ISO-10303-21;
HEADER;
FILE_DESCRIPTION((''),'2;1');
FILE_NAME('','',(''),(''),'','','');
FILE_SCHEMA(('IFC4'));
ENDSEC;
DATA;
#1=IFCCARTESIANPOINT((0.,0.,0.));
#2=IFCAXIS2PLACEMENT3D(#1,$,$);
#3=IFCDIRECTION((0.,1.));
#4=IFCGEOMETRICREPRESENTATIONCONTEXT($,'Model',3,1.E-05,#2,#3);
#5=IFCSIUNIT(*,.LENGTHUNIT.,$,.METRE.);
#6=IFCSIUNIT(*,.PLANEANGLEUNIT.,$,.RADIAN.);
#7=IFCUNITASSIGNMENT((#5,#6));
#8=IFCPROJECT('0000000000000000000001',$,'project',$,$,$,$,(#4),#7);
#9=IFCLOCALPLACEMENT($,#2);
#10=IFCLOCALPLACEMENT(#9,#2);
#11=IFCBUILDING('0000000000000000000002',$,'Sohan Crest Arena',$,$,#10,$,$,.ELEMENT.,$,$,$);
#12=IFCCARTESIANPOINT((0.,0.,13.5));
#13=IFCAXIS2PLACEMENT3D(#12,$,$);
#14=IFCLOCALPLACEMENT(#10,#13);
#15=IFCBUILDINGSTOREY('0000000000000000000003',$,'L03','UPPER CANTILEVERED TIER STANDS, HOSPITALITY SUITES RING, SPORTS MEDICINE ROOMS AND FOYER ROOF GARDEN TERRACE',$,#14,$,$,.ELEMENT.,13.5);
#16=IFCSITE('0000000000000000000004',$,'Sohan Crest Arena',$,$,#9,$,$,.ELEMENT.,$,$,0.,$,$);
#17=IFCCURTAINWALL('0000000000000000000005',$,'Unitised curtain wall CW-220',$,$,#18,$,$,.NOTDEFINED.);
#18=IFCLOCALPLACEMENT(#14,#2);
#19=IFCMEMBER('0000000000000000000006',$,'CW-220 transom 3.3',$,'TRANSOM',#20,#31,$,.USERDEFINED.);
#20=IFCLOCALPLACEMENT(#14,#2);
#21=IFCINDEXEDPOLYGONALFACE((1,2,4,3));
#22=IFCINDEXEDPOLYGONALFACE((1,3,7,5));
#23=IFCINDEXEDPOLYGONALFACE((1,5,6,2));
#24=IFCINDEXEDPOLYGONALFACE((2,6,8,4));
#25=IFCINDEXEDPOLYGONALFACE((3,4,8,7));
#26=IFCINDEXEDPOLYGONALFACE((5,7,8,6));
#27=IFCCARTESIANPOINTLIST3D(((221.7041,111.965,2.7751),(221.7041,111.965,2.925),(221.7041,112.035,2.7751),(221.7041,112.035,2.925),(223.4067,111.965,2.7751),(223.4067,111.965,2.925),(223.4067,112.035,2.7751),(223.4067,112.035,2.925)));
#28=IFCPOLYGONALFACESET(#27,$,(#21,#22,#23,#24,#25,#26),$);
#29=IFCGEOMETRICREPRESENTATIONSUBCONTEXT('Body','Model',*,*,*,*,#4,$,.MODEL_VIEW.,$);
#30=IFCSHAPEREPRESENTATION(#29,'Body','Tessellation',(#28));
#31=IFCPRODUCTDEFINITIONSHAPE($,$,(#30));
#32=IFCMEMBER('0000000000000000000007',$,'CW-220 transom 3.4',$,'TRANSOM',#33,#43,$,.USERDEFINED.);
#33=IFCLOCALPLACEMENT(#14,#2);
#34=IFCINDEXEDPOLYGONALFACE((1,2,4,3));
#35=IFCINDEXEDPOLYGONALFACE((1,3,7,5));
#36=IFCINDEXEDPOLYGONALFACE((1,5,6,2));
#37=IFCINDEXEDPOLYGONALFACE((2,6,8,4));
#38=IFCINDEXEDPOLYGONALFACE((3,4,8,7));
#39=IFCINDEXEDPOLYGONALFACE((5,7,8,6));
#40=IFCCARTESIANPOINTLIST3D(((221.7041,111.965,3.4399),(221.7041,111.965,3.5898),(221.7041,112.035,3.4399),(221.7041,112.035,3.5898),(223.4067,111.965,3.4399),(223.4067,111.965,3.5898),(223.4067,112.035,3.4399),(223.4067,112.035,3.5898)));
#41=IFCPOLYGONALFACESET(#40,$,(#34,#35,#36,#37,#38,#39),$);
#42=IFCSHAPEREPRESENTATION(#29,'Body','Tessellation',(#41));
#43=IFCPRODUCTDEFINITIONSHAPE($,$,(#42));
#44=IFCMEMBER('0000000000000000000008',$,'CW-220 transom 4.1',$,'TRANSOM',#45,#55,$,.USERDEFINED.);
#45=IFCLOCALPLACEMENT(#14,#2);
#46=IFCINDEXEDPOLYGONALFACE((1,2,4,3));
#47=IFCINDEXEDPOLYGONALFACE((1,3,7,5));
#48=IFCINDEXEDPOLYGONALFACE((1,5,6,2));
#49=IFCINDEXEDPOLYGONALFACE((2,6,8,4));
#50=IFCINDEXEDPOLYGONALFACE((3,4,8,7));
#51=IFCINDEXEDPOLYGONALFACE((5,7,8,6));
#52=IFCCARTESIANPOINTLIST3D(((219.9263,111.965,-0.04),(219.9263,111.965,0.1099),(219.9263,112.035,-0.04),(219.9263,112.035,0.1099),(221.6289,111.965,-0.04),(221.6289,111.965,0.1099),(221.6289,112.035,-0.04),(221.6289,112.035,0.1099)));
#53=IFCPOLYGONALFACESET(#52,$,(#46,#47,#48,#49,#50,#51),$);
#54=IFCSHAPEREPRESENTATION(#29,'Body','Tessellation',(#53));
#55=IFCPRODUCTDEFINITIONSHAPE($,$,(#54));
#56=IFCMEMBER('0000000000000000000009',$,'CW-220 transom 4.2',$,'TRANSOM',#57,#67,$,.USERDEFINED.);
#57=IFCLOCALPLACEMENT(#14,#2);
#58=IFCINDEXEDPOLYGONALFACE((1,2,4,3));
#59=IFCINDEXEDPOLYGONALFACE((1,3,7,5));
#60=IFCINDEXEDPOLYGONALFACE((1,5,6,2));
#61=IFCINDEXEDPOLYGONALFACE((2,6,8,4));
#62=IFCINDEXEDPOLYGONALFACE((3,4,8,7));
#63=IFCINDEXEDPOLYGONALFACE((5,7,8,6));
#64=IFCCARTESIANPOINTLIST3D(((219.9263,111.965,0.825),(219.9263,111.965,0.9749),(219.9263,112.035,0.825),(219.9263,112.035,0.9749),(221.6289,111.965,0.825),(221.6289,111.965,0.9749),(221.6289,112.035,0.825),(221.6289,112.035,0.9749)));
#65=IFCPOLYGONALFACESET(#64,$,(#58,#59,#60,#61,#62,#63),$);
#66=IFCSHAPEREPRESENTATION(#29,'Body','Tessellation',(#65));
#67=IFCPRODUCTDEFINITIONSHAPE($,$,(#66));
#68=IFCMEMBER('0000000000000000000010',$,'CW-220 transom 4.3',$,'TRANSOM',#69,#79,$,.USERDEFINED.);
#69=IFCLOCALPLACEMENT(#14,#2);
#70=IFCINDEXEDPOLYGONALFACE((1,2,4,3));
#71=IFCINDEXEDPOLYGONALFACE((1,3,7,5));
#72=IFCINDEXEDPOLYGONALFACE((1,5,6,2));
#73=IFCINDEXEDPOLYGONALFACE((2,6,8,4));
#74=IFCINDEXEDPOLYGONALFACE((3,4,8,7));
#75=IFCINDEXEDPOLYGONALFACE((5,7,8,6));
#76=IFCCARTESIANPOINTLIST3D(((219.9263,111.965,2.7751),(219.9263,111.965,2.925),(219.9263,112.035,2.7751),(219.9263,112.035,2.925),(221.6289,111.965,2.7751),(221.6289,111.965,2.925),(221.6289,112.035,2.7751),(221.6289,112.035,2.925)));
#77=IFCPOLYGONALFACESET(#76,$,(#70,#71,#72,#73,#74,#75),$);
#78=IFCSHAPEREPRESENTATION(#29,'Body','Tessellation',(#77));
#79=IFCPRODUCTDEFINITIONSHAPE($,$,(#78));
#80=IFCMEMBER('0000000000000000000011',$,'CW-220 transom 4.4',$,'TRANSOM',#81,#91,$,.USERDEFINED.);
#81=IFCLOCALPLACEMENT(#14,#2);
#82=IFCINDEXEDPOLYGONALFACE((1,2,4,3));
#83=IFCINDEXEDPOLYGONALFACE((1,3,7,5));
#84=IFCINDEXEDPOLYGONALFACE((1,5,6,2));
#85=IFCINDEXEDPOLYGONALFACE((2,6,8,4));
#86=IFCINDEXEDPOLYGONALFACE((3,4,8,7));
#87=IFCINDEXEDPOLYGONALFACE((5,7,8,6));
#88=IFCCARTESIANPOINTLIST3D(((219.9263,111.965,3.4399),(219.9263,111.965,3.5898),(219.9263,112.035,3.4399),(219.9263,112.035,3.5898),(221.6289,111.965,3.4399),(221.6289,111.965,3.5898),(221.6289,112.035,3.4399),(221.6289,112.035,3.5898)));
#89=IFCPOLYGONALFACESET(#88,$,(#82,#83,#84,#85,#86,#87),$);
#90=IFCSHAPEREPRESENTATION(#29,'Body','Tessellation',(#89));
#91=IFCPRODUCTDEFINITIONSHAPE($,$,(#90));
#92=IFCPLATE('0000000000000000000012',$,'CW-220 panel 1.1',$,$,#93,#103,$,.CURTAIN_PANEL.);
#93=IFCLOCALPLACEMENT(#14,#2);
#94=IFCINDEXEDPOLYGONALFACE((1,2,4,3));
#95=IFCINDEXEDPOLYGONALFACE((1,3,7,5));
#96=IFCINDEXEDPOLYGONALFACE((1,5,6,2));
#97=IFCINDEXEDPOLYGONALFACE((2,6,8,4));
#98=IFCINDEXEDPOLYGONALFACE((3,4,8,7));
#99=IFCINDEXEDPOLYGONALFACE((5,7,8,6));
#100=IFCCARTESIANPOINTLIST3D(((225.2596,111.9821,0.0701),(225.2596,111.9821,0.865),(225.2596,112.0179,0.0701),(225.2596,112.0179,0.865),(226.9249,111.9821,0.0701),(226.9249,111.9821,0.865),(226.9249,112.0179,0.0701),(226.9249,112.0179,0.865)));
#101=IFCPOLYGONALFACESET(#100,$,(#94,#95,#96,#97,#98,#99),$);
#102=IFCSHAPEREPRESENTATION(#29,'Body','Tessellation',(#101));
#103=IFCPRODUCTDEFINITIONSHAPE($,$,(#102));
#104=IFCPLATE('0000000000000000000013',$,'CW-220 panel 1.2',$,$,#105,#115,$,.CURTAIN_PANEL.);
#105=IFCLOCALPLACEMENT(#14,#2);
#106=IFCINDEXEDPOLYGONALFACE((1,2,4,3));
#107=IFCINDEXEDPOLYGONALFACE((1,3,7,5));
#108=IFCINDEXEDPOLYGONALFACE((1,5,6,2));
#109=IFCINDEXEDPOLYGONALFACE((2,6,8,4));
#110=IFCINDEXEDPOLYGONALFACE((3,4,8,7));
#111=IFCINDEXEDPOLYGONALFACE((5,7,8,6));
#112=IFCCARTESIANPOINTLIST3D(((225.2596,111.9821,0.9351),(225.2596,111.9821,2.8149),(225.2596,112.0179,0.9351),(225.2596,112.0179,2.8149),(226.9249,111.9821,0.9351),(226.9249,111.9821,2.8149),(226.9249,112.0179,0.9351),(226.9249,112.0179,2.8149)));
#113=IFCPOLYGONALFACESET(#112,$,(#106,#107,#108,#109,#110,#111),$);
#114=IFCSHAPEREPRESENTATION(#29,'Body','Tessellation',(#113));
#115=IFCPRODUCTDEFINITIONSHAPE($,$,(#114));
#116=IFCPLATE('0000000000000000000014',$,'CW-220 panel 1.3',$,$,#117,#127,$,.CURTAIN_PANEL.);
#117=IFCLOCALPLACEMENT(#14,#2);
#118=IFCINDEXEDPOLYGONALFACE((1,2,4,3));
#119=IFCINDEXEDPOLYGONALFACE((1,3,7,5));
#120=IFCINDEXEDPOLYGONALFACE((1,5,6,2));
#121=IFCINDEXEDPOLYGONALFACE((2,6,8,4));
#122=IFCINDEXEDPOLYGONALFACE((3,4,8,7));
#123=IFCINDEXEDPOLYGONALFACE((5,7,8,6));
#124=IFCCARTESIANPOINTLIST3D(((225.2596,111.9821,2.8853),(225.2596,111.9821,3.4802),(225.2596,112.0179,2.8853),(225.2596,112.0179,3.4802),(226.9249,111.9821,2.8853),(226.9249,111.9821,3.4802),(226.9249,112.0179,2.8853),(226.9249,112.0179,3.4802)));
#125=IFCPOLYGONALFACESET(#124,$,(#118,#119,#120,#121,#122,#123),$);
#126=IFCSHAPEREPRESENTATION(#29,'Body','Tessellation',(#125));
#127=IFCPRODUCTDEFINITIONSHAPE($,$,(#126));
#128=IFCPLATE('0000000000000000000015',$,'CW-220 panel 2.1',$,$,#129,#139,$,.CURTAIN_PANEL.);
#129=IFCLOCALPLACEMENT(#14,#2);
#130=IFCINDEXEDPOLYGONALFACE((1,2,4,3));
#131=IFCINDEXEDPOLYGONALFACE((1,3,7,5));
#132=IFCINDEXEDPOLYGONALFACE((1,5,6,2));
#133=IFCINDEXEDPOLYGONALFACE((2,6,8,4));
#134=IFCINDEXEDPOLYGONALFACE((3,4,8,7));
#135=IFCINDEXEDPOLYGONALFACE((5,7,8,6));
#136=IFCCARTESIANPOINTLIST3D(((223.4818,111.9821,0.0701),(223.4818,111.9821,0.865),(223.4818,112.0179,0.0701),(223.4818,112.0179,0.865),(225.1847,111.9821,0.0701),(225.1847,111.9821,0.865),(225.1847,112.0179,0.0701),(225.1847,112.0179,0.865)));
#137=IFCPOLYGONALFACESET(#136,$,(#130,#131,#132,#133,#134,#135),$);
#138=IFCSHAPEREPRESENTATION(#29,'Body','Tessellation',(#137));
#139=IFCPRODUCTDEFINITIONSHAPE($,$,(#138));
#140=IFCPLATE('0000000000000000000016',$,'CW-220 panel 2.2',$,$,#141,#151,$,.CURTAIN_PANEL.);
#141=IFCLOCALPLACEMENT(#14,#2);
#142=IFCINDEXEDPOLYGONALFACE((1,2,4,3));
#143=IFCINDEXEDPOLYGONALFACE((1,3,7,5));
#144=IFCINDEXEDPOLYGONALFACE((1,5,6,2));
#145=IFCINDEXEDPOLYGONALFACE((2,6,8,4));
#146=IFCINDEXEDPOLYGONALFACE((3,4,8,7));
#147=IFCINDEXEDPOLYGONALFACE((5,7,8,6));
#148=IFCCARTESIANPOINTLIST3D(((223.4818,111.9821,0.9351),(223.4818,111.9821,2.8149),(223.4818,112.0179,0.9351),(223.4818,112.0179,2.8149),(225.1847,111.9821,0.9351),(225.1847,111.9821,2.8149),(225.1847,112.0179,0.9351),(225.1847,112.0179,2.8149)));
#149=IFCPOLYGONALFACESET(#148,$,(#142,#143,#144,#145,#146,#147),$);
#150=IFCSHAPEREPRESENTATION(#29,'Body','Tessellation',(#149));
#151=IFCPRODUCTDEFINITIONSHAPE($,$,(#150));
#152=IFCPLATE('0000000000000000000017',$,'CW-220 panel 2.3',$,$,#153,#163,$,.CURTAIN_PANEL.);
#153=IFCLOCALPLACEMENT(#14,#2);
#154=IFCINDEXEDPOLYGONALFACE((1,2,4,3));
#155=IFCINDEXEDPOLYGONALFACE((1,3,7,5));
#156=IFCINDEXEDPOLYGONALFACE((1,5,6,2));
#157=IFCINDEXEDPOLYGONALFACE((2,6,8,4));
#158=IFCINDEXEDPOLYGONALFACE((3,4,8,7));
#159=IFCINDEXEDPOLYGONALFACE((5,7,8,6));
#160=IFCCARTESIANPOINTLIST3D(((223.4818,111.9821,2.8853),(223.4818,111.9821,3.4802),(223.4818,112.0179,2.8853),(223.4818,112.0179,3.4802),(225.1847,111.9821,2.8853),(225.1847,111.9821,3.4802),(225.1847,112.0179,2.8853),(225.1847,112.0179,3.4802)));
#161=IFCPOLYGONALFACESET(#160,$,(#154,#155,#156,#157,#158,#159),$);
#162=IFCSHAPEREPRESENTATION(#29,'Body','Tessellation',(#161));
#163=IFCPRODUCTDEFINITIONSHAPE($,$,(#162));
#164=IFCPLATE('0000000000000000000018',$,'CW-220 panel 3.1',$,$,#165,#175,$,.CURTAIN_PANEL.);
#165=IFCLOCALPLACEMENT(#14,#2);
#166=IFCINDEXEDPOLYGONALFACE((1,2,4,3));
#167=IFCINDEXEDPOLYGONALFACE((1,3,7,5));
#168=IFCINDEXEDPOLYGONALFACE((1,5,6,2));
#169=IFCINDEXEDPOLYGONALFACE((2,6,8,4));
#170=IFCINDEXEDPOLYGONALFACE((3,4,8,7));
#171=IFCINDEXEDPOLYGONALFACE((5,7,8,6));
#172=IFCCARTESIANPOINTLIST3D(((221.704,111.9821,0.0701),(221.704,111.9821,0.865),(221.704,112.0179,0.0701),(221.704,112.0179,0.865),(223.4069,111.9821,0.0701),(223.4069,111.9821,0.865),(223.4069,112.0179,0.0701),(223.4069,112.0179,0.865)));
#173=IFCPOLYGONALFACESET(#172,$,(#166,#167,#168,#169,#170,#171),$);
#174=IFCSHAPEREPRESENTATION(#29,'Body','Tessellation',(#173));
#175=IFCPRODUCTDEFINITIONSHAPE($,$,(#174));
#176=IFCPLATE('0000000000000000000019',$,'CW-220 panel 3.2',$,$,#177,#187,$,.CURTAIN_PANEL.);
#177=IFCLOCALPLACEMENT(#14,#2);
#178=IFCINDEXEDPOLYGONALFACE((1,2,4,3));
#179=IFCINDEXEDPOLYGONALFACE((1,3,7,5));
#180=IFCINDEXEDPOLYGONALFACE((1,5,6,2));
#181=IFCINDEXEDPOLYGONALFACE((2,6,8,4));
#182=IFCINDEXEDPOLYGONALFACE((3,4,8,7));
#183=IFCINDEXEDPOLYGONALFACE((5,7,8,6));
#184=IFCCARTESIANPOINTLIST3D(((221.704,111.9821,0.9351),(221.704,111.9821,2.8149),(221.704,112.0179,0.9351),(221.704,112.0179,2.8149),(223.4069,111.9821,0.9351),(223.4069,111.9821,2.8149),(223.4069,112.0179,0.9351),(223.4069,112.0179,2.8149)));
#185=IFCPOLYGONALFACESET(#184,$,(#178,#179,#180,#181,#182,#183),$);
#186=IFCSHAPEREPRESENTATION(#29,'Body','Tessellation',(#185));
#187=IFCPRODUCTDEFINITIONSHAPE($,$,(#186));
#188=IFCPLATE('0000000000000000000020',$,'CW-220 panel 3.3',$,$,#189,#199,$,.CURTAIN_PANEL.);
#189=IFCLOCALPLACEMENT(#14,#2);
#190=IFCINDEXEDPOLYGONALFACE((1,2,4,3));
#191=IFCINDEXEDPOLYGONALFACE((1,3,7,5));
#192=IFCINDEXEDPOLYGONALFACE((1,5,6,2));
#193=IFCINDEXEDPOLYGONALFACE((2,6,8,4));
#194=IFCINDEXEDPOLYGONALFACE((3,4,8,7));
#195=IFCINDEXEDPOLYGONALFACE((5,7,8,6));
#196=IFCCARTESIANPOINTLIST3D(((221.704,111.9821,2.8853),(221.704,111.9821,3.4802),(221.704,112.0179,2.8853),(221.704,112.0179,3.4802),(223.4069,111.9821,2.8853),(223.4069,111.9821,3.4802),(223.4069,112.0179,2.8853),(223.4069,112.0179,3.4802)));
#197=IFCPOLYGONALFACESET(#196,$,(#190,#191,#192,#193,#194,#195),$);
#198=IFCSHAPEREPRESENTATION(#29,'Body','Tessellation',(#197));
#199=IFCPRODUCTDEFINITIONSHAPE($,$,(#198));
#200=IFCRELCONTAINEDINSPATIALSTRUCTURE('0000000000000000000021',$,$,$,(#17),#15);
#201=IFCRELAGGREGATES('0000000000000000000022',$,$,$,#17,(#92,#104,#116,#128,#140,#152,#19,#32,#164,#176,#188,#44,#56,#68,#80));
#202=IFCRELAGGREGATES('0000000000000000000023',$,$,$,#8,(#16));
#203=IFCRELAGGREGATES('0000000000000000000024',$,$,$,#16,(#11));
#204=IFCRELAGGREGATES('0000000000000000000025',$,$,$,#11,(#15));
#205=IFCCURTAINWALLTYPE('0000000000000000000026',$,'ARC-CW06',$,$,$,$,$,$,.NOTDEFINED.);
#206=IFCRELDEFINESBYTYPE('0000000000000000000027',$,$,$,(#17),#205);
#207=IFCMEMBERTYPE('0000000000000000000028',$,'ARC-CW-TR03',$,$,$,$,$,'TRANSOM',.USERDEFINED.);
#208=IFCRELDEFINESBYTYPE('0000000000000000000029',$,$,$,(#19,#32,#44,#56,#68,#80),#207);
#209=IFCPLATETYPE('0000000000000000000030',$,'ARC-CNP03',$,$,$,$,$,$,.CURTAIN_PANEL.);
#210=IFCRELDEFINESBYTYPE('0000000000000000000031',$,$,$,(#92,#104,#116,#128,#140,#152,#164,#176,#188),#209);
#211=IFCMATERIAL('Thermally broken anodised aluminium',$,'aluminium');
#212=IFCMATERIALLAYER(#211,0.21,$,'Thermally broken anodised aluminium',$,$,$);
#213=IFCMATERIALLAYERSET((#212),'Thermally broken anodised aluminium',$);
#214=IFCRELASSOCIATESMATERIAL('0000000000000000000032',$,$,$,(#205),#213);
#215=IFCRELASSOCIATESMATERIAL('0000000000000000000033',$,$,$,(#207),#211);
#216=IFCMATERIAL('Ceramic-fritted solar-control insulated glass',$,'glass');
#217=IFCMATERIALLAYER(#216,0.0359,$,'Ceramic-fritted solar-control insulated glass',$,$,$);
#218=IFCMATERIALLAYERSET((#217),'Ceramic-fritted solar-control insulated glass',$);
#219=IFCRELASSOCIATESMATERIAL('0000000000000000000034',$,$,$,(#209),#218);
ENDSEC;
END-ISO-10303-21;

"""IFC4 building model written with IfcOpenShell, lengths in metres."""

from ifc_helpers import new_model, si_unit, direction, frame, origin, origin_2d, place, context, subcontext, project, spatial, rectangle, extrude, material, layer, layer_set, material_profile, profile_set, type_object, element, aggregate, save


model = new_model("IFC4")

# Units and contexts
model_context = context("Model", 3, precision=1e-05, world=origin(), true_north=direction((0.0, 1.0)))
body_context = subcontext(model_context, "Body", "Model", "MODEL_VIEW")
ifc_project = project(units=[si_unit("LENGTHUNIT", "METRE"), si_unit("PLANEANGLEUNIT", "RADIAN")], contexts=[model_context])

# Site, building, storey
site_placement = place(None, origin())
site = spatial("IfcSite", under=ifc_project, at=site_placement, Name="Sohan Crest Arena", CompositionType="ELEMENT", RefElevation=0.0)
building_placement = place(site_placement, origin())
building = spatial("IfcBuilding", under=site, at=building_placement, Name="Sohan Crest Arena", CompositionType="ELEMENT")
storey_placement = place(building_placement, frame((0.0, 0.0, 13.5)))
storey = spatial("IfcBuildingStorey", under=building, at=storey_placement, Name="L03", Description="UPPER CANTILEVERED TIER STANDS, HOSPITALITY SUITES RING, SPORTS MEDICINE ROOMS AND FOYER ROOF GARDEN TERRACE", CompositionType="ELEMENT", Elevation=13.5)

# Curtain wall, members, plates
ifc_material_1 = material(Name="Thermally broken anodised aluminium", Category="aluminium")
ifc_layer_1 = layer(ifc_material_1, 0.21, Name="Thermally broken anodised aluminium")
ifc_layer_set_1 = layer_set([ifc_layer_1], Name="Thermally broken anodised aluminium")
curtain_wall_type = type_object("IfcCurtainWallType", Name="ARC-CW06", PredefinedType="NOTDEFINED", material=ifc_layer_set_1)
curtain_wall_placement = place(storey_placement, origin())
curtain_wall = element("IfcCurtainWall", 1, at=curtain_wall_placement, inside=storey, type_object=curtain_wall_type, Name="Unitised curtain wall CW-220", PredefinedType="NOTDEFINED")
ifc_material_profile_1 = material_profile(ifc_material_1, rectangle(XDim=0.0701, YDim=0.1499, at=origin_2d()), Name="ALU-TRAN 70x150")
ifc_profile_set_1 = profile_set([ifc_material_profile_1], Name="Thermally broken anodised aluminium")
member_type_1 = type_object("IfcMemberType", Name="ARC-CW-TR03", ElementType="TRANSOM", PredefinedType="USERDEFINED", material=ifc_profile_set_1)
member_1_placement = place(storey_placement, frame((223.4067, 112.0, 2.8501), z_axis=(-1.0, 0.0, 0.0), x_axis=(0.0, -1.0, 0.0)))
member_1 = element("IfcMember", 2, at=member_1_placement, type_object=member_type_1, Name="CW-220 transom 3.3", ObjectType="TRANSOM", PredefinedType="USERDEFINED", context=body_context, shape_type="SweptSolid", body=[
    extrude(rectangle(XDim=0.0701, YDim=0.1499, at=origin_2d()), origin(), (0.0, 0.0, 1.0), 1.7026),
])
member_2_placement = place(storey_placement, frame((223.4067, 112.0, 3.5149), z_axis=(-1.0, 0.0, 0.0), x_axis=(0.0, -1.0, 0.0)))
member_2 = element("IfcMember", 3, at=member_2_placement, type_object=member_type_1, Name="CW-220 transom 3.4", ObjectType="TRANSOM", PredefinedType="USERDEFINED", context=body_context, shape_type="SweptSolid", body=[
    extrude(rectangle(XDim=0.0701, YDim=0.1499, at=origin_2d()), origin(), (0.0, 0.0, 1.0), 1.7026),
])
member_3_placement = place(storey_placement, frame((221.6289, 112.0, 0.0349), z_axis=(-1.0, 0.0, 0.0), x_axis=(0.0, -1.0, 0.0)))
member_3 = element("IfcMember", 4, at=member_3_placement, type_object=member_type_1, Name="CW-220 transom 4.1", ObjectType="TRANSOM", PredefinedType="USERDEFINED", context=body_context, shape_type="SweptSolid", body=[
    extrude(rectangle(XDim=0.0701, YDim=0.1499, at=origin_2d()), origin(), (0.0, 0.0, 1.0), 1.7026),
])
member_4_placement = place(storey_placement, frame((221.6289, 112.0, 0.8999), z_axis=(-1.0, 0.0, 0.0), x_axis=(0.0, -1.0, 0.0)))
member_4 = element("IfcMember", 5, at=member_4_placement, type_object=member_type_1, Name="CW-220 transom 4.2", ObjectType="TRANSOM", PredefinedType="USERDEFINED", context=body_context, shape_type="SweptSolid", body=[
    extrude(rectangle(XDim=0.0701, YDim=0.1499, at=origin_2d()), origin(), (0.0, 0.0, 1.0), 1.7026),
])
member_5_placement = place(storey_placement, frame((221.6289, 112.0, 2.8501), z_axis=(-1.0, 0.0, 0.0), x_axis=(0.0, -1.0, 0.0)))
member_5 = element("IfcMember", 6, at=member_5_placement, type_object=member_type_1, Name="CW-220 transom 4.3", ObjectType="TRANSOM", PredefinedType="USERDEFINED", context=body_context, shape_type="SweptSolid", body=[
    extrude(rectangle(XDim=0.0701, YDim=0.1499, at=origin_2d()), origin(), (0.0, 0.0, 1.0), 1.7026),
])
member_6_placement = place(storey_placement, frame((221.6289, 112.0, 3.5149), z_axis=(-1.0, 0.0, 0.0), x_axis=(0.0, -1.0, 0.0)))
member_6 = element("IfcMember", 7, at=member_6_placement, type_object=member_type_1, Name="CW-220 transom 4.4", ObjectType="TRANSOM", PredefinedType="USERDEFINED", context=body_context, shape_type="SweptSolid", body=[
    extrude(rectangle(XDim=0.0701, YDim=0.1499, at=origin_2d()), origin(), (0.0, 0.0, 1.0), 1.7026),
])
ifc_material_2 = material(Name="Ceramic-fritted solar-control insulated glass", Category="glass")
ifc_layer_2 = layer(ifc_material_2, 0.0359, Name="Ceramic-fritted solar-control insulated glass")
ifc_layer_set_2 = layer_set([ifc_layer_2], Name="Ceramic-fritted solar-control insulated glass")
plate_type = type_object("IfcPlateType", Name="ARC-CNP03", PredefinedType="CURTAIN_PANEL", material=ifc_layer_set_2)
plate_1_placement = place(storey_placement, frame((226.0923, 112.0, 0.0701), z_axis=(0.0, 0.0, 1.0), x_axis=(-1.0, 0.0, 0.0)))
plate_1 = element("IfcPlate", 8, at=plate_1_placement, type_object=plate_type, Name="CW-220 panel 1.1", PredefinedType="CURTAIN_PANEL", context=body_context, shape_type="SweptSolid", body=[
    extrude(rectangle(XDim=1.6653, YDim=0.0359, at=origin_2d()), origin(), (0.0, 0.0, 1.0), 0.7949),
])
plate_2_placement = place(storey_placement, frame((226.0923, 112.0, 0.9351), z_axis=(0.0, 0.0, 1.0), x_axis=(-1.0, 0.0, 0.0)))
plate_2 = element("IfcPlate", 9, at=plate_2_placement, type_object=plate_type, Name="CW-220 panel 1.2", PredefinedType="CURTAIN_PANEL", context=body_context, shape_type="SweptSolid", body=[
    extrude(rectangle(XDim=1.6653, YDim=0.0359, at=origin_2d()), origin(), (0.0, 0.0, 1.0), 1.8799),
])
plate_3_placement = place(storey_placement, frame((226.0923, 112.0, 2.8853), z_axis=(0.0, 0.0, 1.0), x_axis=(-1.0, 0.0, 0.0)))
plate_3 = element("IfcPlate", 10, at=plate_3_placement, type_object=plate_type, Name="CW-220 panel 1.3", PredefinedType="CURTAIN_PANEL", context=body_context, shape_type="SweptSolid", body=[
    extrude(rectangle(XDim=1.6653, YDim=0.0359, at=origin_2d()), origin(), (0.0, 0.0, 1.0), 0.595),
])
plate_4_placement = place(storey_placement, frame((224.3333, 112.0, 0.0701), z_axis=(0.0, 0.0, 1.0), x_axis=(-1.0, 0.0, 0.0)))
plate_4 = element("IfcPlate", 11, at=plate_4_placement, type_object=plate_type, Name="CW-220 panel 2.1", PredefinedType="CURTAIN_PANEL", context=body_context, shape_type="SweptSolid", body=[
    extrude(rectangle(XDim=1.7029, YDim=0.0359, at=origin_2d()), origin(), (0.0, 0.0, 1.0), 0.7949),
])
plate_5_placement = place(storey_placement, frame((224.3333, 112.0, 0.9351), z_axis=(0.0, 0.0, 1.0), x_axis=(-1.0, 0.0, 0.0)))
plate_5 = element("IfcPlate", 12, at=plate_5_placement, type_object=plate_type, Name="CW-220 panel 2.2", PredefinedType="CURTAIN_PANEL", context=body_context, shape_type="SweptSolid", body=[
    extrude(rectangle(XDim=1.7029, YDim=0.0359, at=origin_2d()), origin(), (0.0, 0.0, 1.0), 1.8799),
])
plate_6_placement = place(storey_placement, frame((224.3333, 112.0, 2.8853), z_axis=(0.0, 0.0, 1.0), x_axis=(-1.0, 0.0, 0.0)))
plate_6 = element("IfcPlate", 13, at=plate_6_placement, type_object=plate_type, Name="CW-220 panel 2.3", PredefinedType="CURTAIN_PANEL", context=body_context, shape_type="SweptSolid", body=[
    extrude(rectangle(XDim=1.7029, YDim=0.0359, at=origin_2d()), origin(), (0.0, 0.0, 1.0), 0.595),
])
plate_7_placement = place(storey_placement, frame((222.5554, 112.0, 0.0701), z_axis=(0.0, 0.0, 1.0), x_axis=(-1.0, 0.0, 0.0)))
plate_7 = element("IfcPlate", 14, at=plate_7_placement, type_object=plate_type, Name="CW-220 panel 3.1", PredefinedType="CURTAIN_PANEL", context=body_context, shape_type="SweptSolid", body=[
    extrude(rectangle(XDim=1.7029, YDim=0.0359, at=origin_2d()), origin(), (0.0, 0.0, 1.0), 0.7949),
])
plate_8_placement = place(storey_placement, frame((222.5554, 112.0, 0.9351), z_axis=(0.0, 0.0, 1.0), x_axis=(-1.0, 0.0, 0.0)))
plate_8 = element("IfcPlate", 15, at=plate_8_placement, type_object=plate_type, Name="CW-220 panel 3.2", PredefinedType="CURTAIN_PANEL", context=body_context, shape_type="SweptSolid", body=[
    extrude(rectangle(XDim=1.7029, YDim=0.0359, at=origin_2d()), origin(), (0.0, 0.0, 1.0), 1.8799),
])
plate_9_placement = place(storey_placement, frame((222.5554, 112.0, 2.8853), z_axis=(0.0, 0.0, 1.0), x_axis=(-1.0, 0.0, 0.0)))
plate_9 = element("IfcPlate", 16, at=plate_9_placement, type_object=plate_type, Name="CW-220 panel 3.3", PredefinedType="CURTAIN_PANEL", context=body_context, shape_type="SweptSolid", body=[
    extrude(rectangle(XDim=1.7029, YDim=0.0359, at=origin_2d()), origin(), (0.0, 0.0, 1.0), 0.595),
])
aggregate(curtain_wall, [plate_1, plate_2, plate_3, plate_4, plate_5, plate_6, member_1, member_2, plate_7, plate_8, plate_9, member_3, member_4, member_5, member_6])

save(model, "model.ifc")
